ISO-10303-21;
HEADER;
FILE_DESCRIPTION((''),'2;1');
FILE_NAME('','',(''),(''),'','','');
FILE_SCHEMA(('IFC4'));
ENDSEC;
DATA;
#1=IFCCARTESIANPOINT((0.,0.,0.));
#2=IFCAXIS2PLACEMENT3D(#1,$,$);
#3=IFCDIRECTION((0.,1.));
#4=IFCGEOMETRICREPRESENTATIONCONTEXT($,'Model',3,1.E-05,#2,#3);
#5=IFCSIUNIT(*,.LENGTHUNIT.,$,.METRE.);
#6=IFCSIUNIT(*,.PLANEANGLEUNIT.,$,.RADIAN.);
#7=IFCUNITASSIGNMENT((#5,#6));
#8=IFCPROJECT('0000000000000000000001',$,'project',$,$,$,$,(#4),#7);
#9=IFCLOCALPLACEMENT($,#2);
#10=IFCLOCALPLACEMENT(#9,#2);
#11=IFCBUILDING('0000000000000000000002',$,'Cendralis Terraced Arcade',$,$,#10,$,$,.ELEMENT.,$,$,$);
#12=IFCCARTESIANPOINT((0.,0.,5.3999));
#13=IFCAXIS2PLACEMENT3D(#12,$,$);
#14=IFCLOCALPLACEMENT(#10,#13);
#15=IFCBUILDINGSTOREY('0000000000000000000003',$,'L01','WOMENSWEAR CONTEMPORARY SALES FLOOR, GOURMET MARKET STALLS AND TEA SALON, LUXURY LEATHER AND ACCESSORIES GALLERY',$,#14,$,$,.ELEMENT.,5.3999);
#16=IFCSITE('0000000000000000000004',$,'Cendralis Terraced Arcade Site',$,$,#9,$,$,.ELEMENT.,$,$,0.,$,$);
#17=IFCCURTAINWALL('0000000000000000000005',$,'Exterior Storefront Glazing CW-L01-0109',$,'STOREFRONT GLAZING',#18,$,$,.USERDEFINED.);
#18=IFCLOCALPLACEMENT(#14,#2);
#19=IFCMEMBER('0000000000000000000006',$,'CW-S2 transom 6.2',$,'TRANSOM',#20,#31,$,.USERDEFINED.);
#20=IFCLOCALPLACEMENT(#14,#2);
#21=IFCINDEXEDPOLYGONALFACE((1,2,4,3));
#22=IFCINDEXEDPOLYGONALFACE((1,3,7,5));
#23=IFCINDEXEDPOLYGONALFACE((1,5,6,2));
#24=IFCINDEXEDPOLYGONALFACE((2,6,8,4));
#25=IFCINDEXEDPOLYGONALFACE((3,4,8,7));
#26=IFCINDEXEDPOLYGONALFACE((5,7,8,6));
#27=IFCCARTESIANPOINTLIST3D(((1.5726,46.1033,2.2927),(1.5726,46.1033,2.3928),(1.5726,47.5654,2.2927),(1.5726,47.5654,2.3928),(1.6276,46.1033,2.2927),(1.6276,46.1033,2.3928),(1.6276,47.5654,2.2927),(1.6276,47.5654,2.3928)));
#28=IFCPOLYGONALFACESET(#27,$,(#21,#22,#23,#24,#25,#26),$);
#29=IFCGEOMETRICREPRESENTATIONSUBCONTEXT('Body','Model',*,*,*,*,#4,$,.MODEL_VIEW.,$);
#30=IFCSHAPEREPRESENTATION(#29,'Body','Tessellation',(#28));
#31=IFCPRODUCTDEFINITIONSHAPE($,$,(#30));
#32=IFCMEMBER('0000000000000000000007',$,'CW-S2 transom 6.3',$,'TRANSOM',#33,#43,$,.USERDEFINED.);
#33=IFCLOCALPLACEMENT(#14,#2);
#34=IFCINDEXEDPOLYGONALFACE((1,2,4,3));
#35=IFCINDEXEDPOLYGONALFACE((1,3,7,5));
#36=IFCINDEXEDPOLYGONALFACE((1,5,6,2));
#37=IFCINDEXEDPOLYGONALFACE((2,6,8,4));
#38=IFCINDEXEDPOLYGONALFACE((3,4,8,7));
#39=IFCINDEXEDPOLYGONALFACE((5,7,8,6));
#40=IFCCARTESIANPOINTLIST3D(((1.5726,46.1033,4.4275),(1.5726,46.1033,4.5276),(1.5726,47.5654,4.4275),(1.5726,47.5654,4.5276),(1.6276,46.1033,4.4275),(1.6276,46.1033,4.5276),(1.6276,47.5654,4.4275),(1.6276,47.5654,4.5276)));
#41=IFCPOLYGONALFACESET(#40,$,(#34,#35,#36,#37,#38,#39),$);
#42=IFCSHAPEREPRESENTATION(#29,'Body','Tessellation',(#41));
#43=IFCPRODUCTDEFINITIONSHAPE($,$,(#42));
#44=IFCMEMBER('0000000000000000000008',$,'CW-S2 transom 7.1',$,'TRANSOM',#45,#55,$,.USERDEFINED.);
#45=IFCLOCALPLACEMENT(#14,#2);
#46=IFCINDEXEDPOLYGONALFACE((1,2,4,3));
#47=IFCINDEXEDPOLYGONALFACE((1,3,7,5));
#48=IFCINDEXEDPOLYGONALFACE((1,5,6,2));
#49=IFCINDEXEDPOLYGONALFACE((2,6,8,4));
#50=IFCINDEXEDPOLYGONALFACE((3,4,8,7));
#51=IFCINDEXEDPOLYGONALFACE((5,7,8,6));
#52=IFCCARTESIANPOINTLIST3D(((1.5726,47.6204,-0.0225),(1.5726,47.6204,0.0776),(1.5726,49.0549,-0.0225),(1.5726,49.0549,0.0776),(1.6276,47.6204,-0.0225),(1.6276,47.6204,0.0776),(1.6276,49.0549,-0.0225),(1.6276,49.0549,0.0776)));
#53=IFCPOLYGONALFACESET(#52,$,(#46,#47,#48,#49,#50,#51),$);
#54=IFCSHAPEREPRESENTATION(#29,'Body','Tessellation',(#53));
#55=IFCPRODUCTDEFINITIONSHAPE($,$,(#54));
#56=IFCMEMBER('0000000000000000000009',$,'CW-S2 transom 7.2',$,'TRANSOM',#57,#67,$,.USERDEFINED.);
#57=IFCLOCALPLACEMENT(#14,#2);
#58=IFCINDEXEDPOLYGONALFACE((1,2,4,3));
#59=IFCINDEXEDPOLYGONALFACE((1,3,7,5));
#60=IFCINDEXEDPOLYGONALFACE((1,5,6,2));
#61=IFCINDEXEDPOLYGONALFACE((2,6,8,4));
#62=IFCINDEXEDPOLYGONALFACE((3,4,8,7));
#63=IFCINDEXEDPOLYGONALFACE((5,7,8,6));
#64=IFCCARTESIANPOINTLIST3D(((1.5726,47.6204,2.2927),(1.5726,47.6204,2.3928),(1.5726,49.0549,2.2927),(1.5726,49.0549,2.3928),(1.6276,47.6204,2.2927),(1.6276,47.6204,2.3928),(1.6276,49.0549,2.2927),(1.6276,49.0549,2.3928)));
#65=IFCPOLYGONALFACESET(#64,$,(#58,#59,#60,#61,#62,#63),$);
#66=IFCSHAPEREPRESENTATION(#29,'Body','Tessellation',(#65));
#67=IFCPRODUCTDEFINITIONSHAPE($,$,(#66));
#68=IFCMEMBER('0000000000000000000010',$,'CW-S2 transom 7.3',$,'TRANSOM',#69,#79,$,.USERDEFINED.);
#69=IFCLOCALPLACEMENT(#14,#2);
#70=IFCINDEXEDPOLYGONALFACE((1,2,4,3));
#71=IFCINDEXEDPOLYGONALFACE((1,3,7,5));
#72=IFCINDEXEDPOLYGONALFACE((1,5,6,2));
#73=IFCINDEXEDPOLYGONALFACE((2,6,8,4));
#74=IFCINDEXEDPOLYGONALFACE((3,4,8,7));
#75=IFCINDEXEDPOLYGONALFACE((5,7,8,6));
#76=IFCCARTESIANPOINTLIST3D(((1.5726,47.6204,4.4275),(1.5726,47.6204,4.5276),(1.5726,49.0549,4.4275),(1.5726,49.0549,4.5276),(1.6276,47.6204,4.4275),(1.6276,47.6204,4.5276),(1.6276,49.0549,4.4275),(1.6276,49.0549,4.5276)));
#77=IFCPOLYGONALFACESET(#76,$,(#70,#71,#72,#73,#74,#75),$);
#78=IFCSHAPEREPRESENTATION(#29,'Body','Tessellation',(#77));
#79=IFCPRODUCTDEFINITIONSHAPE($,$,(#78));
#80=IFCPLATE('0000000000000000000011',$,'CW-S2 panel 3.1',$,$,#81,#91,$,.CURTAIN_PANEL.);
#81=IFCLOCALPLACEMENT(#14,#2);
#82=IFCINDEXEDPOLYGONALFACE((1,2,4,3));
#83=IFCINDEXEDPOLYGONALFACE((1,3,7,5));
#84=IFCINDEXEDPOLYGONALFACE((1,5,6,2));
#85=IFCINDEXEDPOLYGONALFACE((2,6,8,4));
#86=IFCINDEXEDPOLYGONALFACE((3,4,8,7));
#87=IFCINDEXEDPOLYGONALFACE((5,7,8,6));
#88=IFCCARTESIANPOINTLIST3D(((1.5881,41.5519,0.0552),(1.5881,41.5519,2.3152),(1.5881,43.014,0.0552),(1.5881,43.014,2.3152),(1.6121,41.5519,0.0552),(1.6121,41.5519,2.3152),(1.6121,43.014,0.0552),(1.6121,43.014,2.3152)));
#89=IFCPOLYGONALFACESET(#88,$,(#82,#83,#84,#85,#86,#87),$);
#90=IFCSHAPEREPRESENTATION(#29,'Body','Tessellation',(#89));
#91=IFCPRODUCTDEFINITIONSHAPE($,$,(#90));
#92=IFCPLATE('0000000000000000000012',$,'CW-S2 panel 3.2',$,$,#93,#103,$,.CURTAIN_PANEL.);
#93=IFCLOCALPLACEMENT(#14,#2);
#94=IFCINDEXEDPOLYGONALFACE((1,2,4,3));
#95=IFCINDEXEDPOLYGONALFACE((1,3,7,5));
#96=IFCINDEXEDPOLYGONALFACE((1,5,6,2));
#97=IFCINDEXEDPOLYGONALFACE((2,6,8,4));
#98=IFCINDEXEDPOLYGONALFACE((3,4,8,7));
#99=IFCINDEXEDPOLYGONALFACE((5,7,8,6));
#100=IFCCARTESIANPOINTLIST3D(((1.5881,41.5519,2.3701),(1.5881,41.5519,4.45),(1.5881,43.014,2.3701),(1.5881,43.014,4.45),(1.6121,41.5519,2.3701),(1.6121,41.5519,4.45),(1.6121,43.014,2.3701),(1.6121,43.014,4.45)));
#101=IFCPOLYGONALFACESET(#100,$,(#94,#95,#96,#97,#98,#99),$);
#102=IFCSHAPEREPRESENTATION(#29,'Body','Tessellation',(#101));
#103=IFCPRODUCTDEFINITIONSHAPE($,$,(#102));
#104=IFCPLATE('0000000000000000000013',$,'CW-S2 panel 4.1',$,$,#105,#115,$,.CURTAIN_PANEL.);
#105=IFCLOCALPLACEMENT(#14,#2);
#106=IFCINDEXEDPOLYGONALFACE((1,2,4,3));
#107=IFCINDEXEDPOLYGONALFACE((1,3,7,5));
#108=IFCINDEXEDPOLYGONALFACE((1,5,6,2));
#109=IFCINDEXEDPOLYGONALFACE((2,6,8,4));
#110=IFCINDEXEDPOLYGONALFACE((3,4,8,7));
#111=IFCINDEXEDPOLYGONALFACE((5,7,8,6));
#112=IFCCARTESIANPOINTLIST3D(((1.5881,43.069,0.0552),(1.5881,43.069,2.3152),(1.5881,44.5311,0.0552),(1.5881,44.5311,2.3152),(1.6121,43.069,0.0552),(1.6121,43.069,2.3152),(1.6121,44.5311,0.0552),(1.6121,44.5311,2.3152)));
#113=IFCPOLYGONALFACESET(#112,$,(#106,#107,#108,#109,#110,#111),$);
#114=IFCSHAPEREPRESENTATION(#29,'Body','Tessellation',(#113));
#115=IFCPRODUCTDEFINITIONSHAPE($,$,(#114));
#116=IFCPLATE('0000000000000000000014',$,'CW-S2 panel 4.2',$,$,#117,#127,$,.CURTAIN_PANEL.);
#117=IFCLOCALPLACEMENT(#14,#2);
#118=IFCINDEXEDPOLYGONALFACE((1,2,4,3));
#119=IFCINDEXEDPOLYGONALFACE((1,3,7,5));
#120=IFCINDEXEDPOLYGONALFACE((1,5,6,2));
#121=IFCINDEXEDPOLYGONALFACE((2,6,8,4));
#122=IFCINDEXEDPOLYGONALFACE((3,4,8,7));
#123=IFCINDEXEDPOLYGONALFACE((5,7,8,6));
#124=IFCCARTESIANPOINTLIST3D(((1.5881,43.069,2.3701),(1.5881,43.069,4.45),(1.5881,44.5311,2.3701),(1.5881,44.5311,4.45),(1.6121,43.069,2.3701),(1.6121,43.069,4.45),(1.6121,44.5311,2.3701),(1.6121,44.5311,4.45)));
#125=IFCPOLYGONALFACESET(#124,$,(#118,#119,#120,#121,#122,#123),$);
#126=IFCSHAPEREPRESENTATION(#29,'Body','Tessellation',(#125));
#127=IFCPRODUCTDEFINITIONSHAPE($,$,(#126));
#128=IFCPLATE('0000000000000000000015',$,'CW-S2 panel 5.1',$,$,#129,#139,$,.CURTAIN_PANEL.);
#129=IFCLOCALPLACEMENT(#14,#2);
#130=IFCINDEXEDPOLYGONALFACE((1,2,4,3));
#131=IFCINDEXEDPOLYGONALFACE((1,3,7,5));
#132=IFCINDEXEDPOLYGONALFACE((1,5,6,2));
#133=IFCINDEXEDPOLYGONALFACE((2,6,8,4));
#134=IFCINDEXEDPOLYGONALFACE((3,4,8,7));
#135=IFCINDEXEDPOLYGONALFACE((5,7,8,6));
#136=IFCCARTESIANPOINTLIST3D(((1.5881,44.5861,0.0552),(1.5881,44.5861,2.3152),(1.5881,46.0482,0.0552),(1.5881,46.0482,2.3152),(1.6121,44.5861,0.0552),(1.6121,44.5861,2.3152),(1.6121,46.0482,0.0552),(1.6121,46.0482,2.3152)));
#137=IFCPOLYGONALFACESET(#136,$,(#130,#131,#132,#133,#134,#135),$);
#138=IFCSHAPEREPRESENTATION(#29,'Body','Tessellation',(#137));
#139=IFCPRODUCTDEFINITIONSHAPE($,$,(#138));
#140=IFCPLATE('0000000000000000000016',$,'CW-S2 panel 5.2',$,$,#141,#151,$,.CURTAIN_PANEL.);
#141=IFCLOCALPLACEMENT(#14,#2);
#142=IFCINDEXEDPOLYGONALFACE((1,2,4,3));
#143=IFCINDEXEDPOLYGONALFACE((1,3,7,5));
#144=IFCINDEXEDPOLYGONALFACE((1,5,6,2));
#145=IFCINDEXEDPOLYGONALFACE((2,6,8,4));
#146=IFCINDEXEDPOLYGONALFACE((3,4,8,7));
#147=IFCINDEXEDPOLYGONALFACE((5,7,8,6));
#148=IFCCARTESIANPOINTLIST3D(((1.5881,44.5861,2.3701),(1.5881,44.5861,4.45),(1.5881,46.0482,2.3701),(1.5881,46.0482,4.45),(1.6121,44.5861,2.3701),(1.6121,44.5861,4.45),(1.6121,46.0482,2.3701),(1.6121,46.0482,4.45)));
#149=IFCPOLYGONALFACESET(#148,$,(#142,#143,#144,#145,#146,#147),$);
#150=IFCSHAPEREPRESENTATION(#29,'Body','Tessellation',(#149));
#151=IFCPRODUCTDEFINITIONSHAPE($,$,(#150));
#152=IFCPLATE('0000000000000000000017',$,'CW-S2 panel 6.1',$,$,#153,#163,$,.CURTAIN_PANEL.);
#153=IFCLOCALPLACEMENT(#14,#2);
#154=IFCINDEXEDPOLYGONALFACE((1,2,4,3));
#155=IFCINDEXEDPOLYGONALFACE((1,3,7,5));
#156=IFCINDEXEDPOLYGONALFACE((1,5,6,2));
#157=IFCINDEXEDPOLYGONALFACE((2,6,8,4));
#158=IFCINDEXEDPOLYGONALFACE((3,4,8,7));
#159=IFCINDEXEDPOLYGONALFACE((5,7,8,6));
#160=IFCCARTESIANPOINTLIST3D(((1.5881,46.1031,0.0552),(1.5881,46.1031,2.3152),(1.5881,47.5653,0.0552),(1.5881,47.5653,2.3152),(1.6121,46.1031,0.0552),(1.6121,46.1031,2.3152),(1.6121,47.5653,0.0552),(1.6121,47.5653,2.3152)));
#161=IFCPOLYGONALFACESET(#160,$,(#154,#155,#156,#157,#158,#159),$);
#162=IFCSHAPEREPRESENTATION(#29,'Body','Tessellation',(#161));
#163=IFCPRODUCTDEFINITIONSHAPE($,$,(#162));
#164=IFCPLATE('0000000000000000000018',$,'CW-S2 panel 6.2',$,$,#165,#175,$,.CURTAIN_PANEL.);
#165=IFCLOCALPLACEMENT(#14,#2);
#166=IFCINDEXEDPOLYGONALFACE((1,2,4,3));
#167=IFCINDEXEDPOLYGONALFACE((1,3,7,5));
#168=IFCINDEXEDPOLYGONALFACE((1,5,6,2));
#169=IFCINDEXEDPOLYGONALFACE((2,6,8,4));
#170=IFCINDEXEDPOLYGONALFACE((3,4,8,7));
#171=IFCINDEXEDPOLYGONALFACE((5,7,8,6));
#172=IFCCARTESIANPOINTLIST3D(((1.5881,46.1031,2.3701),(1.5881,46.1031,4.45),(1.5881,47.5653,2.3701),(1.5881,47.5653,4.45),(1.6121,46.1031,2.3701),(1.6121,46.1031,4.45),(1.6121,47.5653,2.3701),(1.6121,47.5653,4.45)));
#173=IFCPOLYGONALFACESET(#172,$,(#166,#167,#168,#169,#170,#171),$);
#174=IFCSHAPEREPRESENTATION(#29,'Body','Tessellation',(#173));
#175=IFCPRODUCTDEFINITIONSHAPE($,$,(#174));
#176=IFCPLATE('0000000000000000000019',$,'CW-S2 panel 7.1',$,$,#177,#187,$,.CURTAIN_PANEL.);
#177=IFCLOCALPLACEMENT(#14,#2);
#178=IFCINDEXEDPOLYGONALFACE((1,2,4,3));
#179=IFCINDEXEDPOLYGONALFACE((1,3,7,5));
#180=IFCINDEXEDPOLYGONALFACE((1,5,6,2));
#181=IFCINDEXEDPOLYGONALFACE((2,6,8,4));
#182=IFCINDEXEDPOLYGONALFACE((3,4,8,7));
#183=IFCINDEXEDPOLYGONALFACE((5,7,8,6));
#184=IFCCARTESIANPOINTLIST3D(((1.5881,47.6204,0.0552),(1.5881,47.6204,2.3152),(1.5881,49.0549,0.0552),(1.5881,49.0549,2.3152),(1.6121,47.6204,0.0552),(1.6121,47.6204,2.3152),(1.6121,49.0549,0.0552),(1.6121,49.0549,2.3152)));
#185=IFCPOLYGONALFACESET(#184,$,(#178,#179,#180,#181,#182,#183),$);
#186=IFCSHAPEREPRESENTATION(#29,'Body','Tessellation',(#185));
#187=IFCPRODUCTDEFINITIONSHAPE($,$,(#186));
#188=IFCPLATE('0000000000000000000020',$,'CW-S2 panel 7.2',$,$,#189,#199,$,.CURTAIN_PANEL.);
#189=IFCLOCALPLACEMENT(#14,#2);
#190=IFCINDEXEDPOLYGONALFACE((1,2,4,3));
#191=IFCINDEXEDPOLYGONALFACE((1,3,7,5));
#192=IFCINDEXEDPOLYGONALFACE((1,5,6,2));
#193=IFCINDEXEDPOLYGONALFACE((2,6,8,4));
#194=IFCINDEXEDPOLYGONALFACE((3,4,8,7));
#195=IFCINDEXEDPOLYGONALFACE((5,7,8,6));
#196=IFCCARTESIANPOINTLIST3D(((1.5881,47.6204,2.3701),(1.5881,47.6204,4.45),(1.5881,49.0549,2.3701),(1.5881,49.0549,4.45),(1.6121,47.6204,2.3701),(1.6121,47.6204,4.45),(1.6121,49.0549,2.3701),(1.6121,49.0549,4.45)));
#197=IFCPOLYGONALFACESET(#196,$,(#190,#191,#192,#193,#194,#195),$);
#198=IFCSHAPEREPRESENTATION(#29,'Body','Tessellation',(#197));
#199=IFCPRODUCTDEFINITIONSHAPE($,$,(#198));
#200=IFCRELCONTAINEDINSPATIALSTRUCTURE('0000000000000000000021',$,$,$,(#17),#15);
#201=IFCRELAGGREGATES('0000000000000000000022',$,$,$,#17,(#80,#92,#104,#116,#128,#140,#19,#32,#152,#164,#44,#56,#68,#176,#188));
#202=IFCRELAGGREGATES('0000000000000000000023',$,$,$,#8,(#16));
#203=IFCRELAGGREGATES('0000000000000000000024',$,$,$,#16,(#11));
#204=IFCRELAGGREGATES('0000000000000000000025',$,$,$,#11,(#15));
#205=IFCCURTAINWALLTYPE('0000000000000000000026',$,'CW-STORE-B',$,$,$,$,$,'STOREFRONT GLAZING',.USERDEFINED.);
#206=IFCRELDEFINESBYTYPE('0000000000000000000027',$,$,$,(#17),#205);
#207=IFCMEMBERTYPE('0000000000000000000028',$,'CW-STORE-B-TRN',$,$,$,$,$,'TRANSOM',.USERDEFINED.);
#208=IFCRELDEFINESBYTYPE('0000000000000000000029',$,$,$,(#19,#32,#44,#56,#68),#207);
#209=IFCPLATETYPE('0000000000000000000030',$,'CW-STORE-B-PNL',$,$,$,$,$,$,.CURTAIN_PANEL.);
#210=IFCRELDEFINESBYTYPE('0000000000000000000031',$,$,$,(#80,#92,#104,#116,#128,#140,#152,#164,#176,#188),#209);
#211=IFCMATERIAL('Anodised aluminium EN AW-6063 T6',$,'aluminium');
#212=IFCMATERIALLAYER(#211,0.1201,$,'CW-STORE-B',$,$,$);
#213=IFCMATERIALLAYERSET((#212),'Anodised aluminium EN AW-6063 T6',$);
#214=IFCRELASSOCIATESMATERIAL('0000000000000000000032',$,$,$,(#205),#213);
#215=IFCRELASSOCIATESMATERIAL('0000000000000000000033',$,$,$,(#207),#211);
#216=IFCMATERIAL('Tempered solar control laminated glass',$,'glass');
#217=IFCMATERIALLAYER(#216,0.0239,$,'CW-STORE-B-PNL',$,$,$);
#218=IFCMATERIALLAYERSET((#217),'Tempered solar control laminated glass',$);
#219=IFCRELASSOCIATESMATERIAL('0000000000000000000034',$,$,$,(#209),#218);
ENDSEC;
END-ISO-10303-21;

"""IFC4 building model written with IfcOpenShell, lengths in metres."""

from ifc_helpers import new_model, si_unit, direction, frame, origin, origin_2d, place, context, subcontext, project, spatial, rectangle, extrude, material, layer, layer_set, material_profile, profile_set, type_object, element, aggregate, save


model = new_model("IFC4")

# Units and contexts
model_context = context("Model", 3, precision=1e-05, world=origin(), true_north=direction((0.0, 1.0)))
body_context = subcontext(model_context, "Body", "Model", "MODEL_VIEW")
ifc_project = project(units=[si_unit("LENGTHUNIT", "METRE"), si_unit("PLANEANGLEUNIT", "RADIAN")], contexts=[model_context])

# Site, building, storey
site_placement = place(None, origin())
site = spatial("IfcSite", under=ifc_project, at=site_placement, Name="Cendralis Terraced Arcade Site", CompositionType="ELEMENT", RefElevation=0.0)
building_placement = place(site_placement, origin())
building = spatial("IfcBuilding", under=site, at=building_placement, Name="Cendralis Terraced Arcade", CompositionType="ELEMENT")
storey_placement = place(building_placement, frame((0.0, 0.0, 5.3999)))
storey = spatial("IfcBuildingStorey", under=building, at=storey_placement, Name="L01", Description="WOMENSWEAR CONTEMPORARY SALES FLOOR, GOURMET MARKET STALLS AND TEA SALON, LUXURY LEATHER AND ACCESSORIES GALLERY", CompositionType="ELEMENT", Elevation=5.3999)

# Curtain wall, members, plates
ifc_material_1 = material(Name="Anodised aluminium EN AW-6063 T6", Category="aluminium")
ifc_layer_1 = layer(ifc_material_1, 0.1201, Name="CW-STORE-B")
ifc_layer_set_1 = layer_set([ifc_layer_1], Name="Anodised aluminium EN AW-6063 T6")
curtain_wall_type = type_object("IfcCurtainWallType", Name="CW-STORE-B", ElementType="STOREFRONT GLAZING", PredefinedType="USERDEFINED", material=ifc_layer_set_1)
curtain_wall_placement = place(storey_placement, origin())
curtain_wall = element("IfcCurtainWall", 1, at=curtain_wall_placement, inside=storey, type_object=curtain_wall_type, Name="Exterior Storefront Glazing CW-L01-0109", ObjectType="STOREFRONT GLAZING", PredefinedType="USERDEFINED")
ifc_material_profile_1 = material_profile(ifc_material_1, rectangle(XDim=0.0549, YDim=0.1001, at=origin_2d()), Name="ALU-TRN-55x100")
ifc_profile_set_1 = profile_set([ifc_material_profile_1], Name="Anodised aluminium EN AW-6063 T6")
member_type_1 = type_object("IfcMemberType", Name="CW-STORE-B-TRN", ElementType="TRANSOM", PredefinedType="USERDEFINED", material=ifc_profile_set_1)
member_1_placement = place(storey_placement, frame((1.6001, 46.1033, 2.3428), z_axis=(0.0, 1.0, 0.0), x_axis=(-1.0, 0.0, 0.0)))
member_1 = element("IfcMember", 2, at=member_1_placement, type_object=member_type_1, Name="CW-S2 transom 6.2", ObjectType="TRANSOM", PredefinedType="USERDEFINED", context=body_context, shape_type="SweptSolid", body=[
    extrude(rectangle(XDim=0.0549, YDim=0.1001, at=origin_2d()), origin(), (0.0, 0.0, 1.0), 1.4622),
])
member_2_placement = place(storey_placement, frame((1.6001, 46.1033, 4.4775), z_axis=(0.0, 1.0, 0.0), x_axis=(-1.0, 0.0, 0.0)))
member_2 = element("IfcMember", 3, at=member_2_placement, type_object=member_type_1, Name="CW-S2 transom 6.3", ObjectType="TRANSOM", PredefinedType="USERDEFINED", context=body_context, shape_type="SweptSolid", body=[
    extrude(rectangle(XDim=0.0549, YDim=0.1001, at=origin_2d()), origin(), (0.0, 0.0, 1.0), 1.4622),
])
member_3_placement = place(storey_placement, frame((1.6001, 47.6204, 0.0276), z_axis=(0.0, 1.0, 0.0), x_axis=(-1.0, 0.0, 0.0)))
member_3 = element("IfcMember", 4, at=member_3_placement, type_object=member_type_1, Name="CW-S2 transom 7.1", ObjectType="TRANSOM", PredefinedType="USERDEFINED", context=body_context, shape_type="SweptSolid", body=[
    extrude(rectangle(XDim=0.0549, YDim=0.1001, at=origin_2d()), origin(), (0.0, 0.0, 1.0), 1.4346),
])
member_4_placement = place(storey_placement, frame((1.6001, 47.6204, 2.3428), z_axis=(0.0, 1.0, 0.0), x_axis=(-1.0, 0.0, 0.0)))
member_4 = element("IfcMember", 5, at=member_4_placement, type_object=member_type_1, Name="CW-S2 transom 7.2", ObjectType="TRANSOM", PredefinedType="USERDEFINED", context=body_context, shape_type="SweptSolid", body=[
    extrude(rectangle(XDim=0.0549, YDim=0.1001, at=origin_2d()), origin(), (0.0, 0.0, 1.0), 1.4346),
])
member_5_placement = place(storey_placement, frame((1.6001, 47.6204, 4.4775), z_axis=(0.0, 1.0, 0.0), x_axis=(-1.0, 0.0, 0.0)))
member_5 = element("IfcMember", 6, at=member_5_placement, type_object=member_type_1, Name="CW-S2 transom 7.3", ObjectType="TRANSOM", PredefinedType="USERDEFINED", context=body_context, shape_type="SweptSolid", body=[
    extrude(rectangle(XDim=0.0549, YDim=0.1001, at=origin_2d()), origin(), (0.0, 0.0, 1.0), 1.4346),
])
ifc_material_2 = material(Name="Tempered solar control laminated glass", Category="glass")
ifc_layer_2 = layer(ifc_material_2, 0.0239, Name="CW-STORE-B-PNL")
ifc_layer_set_2 = layer_set([ifc_layer_2], Name="Tempered solar control laminated glass")
plate_type = type_object("IfcPlateType", Name="CW-STORE-B-PNL", PredefinedType="CURTAIN_PANEL", material=ifc_layer_set_2)
plate_1_placement = place(storey_placement, frame((1.6001, 42.283, 0.0552), z_axis=(0.0, 0.0, 1.0), x_axis=(0.0, 1.0, 0.0)))
plate_1 = element("IfcPlate", 7, at=plate_1_placement, type_object=plate_type, Name="CW-S2 panel 3.1", PredefinedType="CURTAIN_PANEL", context=body_context, shape_type="SweptSolid", body=[
    extrude(rectangle(XDim=1.4622, YDim=0.0239, at=origin_2d()), origin(), (0.0, 0.0, 1.0), 2.26),
])
plate_2_placement = place(storey_placement, frame((1.6001, 42.283, 2.3701), z_axis=(0.0, 0.0, 1.0), x_axis=(0.0, 1.0, 0.0)))
plate_2 = element("IfcPlate", 8, at=plate_2_placement, type_object=plate_type, Name="CW-S2 panel 3.2", PredefinedType="CURTAIN_PANEL", context=body_context, shape_type="SweptSolid", body=[
    extrude(rectangle(XDim=1.4622, YDim=0.0239, at=origin_2d()), origin(), (0.0, 0.0, 1.0), 2.0798),
])
plate_3_placement = place(storey_placement, frame((1.6001, 43.8, 0.0552), z_axis=(0.0, 0.0, 1.0), x_axis=(0.0, 1.0, 0.0)))
plate_3 = element("IfcPlate", 9, at=plate_3_placement, type_object=plate_type, Name="CW-S2 panel 4.1", PredefinedType="CURTAIN_PANEL", context=body_context, shape_type="SweptSolid", body=[
    extrude(rectangle(XDim=1.4622, YDim=0.0239, at=origin_2d()), origin(), (0.0, 0.0, 1.0), 2.26),
])
plate_4_placement = place(storey_placement, frame((1.6001, 43.8, 2.3701), z_axis=(0.0, 0.0, 1.0), x_axis=(0.0, 1.0, 0.0)))
plate_4 = element("IfcPlate", 10, at=plate_4_placement, type_object=plate_type, Name="CW-S2 panel 4.2", PredefinedType="CURTAIN_PANEL", context=body_context, shape_type="SweptSolid", body=[
    extrude(rectangle(XDim=1.4622, YDim=0.0239, at=origin_2d()), origin(), (0.0, 0.0, 1.0), 2.0798),
])
plate_5_placement = place(storey_placement, frame((1.6001, 45.3171, 0.0552), z_axis=(0.0, 0.0, 1.0), x_axis=(0.0, 1.0, 0.0)))
plate_5 = element("IfcPlate", 11, at=plate_5_placement, type_object=plate_type, Name="CW-S2 panel 5.1", PredefinedType="CURTAIN_PANEL", context=body_context, shape_type="SweptSolid", body=[
    extrude(rectangle(XDim=1.4622, YDim=0.0239, at=origin_2d()), origin(), (0.0, 0.0, 1.0), 2.26),
])
plate_6_placement = place(storey_placement, frame((1.6001, 45.3171, 2.3701), z_axis=(0.0, 0.0, 1.0), x_axis=(0.0, 1.0, 0.0)))
plate_6 = element("IfcPlate", 12, at=plate_6_placement, type_object=plate_type, Name="CW-S2 panel 5.2", PredefinedType="CURTAIN_PANEL", context=body_context, shape_type="SweptSolid", body=[
    extrude(rectangle(XDim=1.4622, YDim=0.0239, at=origin_2d()), origin(), (0.0, 0.0, 1.0), 2.0798),
])
plate_7_placement = place(storey_placement, frame((1.6001, 46.8342, 0.0552), z_axis=(0.0, 0.0, 1.0), x_axis=(0.0, 1.0, 0.0)))
plate_7 = element("IfcPlate", 13, at=plate_7_placement, type_object=plate_type, Name="CW-S2 panel 6.1", PredefinedType="CURTAIN_PANEL", context=body_context, shape_type="SweptSolid", body=[
    extrude(rectangle(XDim=1.4622, YDim=0.0239, at=origin_2d()), origin(), (0.0, 0.0, 1.0), 2.26),
])
plate_8_placement = place(storey_placement, frame((1.6001, 46.8342, 2.3701), z_axis=(0.0, 0.0, 1.0), x_axis=(0.0, 1.0, 0.0)))
plate_8 = element("IfcPlate", 14, at=plate_8_placement, type_object=plate_type, Name="CW-S2 panel 6.2", PredefinedType="CURTAIN_PANEL", context=body_context, shape_type="SweptSolid", body=[
    extrude(rectangle(XDim=1.4622, YDim=0.0239, at=origin_2d()), origin(), (0.0, 0.0, 1.0), 2.0798),
])
plate_9_placement = place(storey_placement, frame((1.6001, 48.3376, 0.0552), z_axis=(0.0, 0.0, 1.0), x_axis=(0.0, 1.0, 0.0)))
plate_9 = element("IfcPlate", 15, at=plate_9_placement, type_object=plate_type, Name="CW-S2 panel 7.1", PredefinedType="CURTAIN_PANEL", context=body_context, shape_type="SweptSolid", body=[
    extrude(rectangle(XDim=1.4346, YDim=0.0239, at=origin_2d()), origin(), (0.0, 0.0, 1.0), 2.26),
])
plate_10_placement = place(storey_placement, frame((1.6001, 48.3376, 2.3701), z_axis=(0.0, 0.0, 1.0), x_axis=(0.0, 1.0, 0.0)))
plate_10 = element("IfcPlate", 16, at=plate_10_placement, type_object=plate_type, Name="CW-S2 panel 7.2", PredefinedType="CURTAIN_PANEL", context=body_context, shape_type="SweptSolid", body=[
    extrude(rectangle(XDim=1.4346, YDim=0.0239, at=origin_2d()), origin(), (0.0, 0.0, 1.0), 2.0798),
])
aggregate(curtain_wall, [plate_1, plate_2, plate_3, plate_4, plate_5, plate_6, member_1, member_2, plate_7, plate_8, member_3, member_4, member_5, plate_9, plate_10])

save(model, "model.ifc")
